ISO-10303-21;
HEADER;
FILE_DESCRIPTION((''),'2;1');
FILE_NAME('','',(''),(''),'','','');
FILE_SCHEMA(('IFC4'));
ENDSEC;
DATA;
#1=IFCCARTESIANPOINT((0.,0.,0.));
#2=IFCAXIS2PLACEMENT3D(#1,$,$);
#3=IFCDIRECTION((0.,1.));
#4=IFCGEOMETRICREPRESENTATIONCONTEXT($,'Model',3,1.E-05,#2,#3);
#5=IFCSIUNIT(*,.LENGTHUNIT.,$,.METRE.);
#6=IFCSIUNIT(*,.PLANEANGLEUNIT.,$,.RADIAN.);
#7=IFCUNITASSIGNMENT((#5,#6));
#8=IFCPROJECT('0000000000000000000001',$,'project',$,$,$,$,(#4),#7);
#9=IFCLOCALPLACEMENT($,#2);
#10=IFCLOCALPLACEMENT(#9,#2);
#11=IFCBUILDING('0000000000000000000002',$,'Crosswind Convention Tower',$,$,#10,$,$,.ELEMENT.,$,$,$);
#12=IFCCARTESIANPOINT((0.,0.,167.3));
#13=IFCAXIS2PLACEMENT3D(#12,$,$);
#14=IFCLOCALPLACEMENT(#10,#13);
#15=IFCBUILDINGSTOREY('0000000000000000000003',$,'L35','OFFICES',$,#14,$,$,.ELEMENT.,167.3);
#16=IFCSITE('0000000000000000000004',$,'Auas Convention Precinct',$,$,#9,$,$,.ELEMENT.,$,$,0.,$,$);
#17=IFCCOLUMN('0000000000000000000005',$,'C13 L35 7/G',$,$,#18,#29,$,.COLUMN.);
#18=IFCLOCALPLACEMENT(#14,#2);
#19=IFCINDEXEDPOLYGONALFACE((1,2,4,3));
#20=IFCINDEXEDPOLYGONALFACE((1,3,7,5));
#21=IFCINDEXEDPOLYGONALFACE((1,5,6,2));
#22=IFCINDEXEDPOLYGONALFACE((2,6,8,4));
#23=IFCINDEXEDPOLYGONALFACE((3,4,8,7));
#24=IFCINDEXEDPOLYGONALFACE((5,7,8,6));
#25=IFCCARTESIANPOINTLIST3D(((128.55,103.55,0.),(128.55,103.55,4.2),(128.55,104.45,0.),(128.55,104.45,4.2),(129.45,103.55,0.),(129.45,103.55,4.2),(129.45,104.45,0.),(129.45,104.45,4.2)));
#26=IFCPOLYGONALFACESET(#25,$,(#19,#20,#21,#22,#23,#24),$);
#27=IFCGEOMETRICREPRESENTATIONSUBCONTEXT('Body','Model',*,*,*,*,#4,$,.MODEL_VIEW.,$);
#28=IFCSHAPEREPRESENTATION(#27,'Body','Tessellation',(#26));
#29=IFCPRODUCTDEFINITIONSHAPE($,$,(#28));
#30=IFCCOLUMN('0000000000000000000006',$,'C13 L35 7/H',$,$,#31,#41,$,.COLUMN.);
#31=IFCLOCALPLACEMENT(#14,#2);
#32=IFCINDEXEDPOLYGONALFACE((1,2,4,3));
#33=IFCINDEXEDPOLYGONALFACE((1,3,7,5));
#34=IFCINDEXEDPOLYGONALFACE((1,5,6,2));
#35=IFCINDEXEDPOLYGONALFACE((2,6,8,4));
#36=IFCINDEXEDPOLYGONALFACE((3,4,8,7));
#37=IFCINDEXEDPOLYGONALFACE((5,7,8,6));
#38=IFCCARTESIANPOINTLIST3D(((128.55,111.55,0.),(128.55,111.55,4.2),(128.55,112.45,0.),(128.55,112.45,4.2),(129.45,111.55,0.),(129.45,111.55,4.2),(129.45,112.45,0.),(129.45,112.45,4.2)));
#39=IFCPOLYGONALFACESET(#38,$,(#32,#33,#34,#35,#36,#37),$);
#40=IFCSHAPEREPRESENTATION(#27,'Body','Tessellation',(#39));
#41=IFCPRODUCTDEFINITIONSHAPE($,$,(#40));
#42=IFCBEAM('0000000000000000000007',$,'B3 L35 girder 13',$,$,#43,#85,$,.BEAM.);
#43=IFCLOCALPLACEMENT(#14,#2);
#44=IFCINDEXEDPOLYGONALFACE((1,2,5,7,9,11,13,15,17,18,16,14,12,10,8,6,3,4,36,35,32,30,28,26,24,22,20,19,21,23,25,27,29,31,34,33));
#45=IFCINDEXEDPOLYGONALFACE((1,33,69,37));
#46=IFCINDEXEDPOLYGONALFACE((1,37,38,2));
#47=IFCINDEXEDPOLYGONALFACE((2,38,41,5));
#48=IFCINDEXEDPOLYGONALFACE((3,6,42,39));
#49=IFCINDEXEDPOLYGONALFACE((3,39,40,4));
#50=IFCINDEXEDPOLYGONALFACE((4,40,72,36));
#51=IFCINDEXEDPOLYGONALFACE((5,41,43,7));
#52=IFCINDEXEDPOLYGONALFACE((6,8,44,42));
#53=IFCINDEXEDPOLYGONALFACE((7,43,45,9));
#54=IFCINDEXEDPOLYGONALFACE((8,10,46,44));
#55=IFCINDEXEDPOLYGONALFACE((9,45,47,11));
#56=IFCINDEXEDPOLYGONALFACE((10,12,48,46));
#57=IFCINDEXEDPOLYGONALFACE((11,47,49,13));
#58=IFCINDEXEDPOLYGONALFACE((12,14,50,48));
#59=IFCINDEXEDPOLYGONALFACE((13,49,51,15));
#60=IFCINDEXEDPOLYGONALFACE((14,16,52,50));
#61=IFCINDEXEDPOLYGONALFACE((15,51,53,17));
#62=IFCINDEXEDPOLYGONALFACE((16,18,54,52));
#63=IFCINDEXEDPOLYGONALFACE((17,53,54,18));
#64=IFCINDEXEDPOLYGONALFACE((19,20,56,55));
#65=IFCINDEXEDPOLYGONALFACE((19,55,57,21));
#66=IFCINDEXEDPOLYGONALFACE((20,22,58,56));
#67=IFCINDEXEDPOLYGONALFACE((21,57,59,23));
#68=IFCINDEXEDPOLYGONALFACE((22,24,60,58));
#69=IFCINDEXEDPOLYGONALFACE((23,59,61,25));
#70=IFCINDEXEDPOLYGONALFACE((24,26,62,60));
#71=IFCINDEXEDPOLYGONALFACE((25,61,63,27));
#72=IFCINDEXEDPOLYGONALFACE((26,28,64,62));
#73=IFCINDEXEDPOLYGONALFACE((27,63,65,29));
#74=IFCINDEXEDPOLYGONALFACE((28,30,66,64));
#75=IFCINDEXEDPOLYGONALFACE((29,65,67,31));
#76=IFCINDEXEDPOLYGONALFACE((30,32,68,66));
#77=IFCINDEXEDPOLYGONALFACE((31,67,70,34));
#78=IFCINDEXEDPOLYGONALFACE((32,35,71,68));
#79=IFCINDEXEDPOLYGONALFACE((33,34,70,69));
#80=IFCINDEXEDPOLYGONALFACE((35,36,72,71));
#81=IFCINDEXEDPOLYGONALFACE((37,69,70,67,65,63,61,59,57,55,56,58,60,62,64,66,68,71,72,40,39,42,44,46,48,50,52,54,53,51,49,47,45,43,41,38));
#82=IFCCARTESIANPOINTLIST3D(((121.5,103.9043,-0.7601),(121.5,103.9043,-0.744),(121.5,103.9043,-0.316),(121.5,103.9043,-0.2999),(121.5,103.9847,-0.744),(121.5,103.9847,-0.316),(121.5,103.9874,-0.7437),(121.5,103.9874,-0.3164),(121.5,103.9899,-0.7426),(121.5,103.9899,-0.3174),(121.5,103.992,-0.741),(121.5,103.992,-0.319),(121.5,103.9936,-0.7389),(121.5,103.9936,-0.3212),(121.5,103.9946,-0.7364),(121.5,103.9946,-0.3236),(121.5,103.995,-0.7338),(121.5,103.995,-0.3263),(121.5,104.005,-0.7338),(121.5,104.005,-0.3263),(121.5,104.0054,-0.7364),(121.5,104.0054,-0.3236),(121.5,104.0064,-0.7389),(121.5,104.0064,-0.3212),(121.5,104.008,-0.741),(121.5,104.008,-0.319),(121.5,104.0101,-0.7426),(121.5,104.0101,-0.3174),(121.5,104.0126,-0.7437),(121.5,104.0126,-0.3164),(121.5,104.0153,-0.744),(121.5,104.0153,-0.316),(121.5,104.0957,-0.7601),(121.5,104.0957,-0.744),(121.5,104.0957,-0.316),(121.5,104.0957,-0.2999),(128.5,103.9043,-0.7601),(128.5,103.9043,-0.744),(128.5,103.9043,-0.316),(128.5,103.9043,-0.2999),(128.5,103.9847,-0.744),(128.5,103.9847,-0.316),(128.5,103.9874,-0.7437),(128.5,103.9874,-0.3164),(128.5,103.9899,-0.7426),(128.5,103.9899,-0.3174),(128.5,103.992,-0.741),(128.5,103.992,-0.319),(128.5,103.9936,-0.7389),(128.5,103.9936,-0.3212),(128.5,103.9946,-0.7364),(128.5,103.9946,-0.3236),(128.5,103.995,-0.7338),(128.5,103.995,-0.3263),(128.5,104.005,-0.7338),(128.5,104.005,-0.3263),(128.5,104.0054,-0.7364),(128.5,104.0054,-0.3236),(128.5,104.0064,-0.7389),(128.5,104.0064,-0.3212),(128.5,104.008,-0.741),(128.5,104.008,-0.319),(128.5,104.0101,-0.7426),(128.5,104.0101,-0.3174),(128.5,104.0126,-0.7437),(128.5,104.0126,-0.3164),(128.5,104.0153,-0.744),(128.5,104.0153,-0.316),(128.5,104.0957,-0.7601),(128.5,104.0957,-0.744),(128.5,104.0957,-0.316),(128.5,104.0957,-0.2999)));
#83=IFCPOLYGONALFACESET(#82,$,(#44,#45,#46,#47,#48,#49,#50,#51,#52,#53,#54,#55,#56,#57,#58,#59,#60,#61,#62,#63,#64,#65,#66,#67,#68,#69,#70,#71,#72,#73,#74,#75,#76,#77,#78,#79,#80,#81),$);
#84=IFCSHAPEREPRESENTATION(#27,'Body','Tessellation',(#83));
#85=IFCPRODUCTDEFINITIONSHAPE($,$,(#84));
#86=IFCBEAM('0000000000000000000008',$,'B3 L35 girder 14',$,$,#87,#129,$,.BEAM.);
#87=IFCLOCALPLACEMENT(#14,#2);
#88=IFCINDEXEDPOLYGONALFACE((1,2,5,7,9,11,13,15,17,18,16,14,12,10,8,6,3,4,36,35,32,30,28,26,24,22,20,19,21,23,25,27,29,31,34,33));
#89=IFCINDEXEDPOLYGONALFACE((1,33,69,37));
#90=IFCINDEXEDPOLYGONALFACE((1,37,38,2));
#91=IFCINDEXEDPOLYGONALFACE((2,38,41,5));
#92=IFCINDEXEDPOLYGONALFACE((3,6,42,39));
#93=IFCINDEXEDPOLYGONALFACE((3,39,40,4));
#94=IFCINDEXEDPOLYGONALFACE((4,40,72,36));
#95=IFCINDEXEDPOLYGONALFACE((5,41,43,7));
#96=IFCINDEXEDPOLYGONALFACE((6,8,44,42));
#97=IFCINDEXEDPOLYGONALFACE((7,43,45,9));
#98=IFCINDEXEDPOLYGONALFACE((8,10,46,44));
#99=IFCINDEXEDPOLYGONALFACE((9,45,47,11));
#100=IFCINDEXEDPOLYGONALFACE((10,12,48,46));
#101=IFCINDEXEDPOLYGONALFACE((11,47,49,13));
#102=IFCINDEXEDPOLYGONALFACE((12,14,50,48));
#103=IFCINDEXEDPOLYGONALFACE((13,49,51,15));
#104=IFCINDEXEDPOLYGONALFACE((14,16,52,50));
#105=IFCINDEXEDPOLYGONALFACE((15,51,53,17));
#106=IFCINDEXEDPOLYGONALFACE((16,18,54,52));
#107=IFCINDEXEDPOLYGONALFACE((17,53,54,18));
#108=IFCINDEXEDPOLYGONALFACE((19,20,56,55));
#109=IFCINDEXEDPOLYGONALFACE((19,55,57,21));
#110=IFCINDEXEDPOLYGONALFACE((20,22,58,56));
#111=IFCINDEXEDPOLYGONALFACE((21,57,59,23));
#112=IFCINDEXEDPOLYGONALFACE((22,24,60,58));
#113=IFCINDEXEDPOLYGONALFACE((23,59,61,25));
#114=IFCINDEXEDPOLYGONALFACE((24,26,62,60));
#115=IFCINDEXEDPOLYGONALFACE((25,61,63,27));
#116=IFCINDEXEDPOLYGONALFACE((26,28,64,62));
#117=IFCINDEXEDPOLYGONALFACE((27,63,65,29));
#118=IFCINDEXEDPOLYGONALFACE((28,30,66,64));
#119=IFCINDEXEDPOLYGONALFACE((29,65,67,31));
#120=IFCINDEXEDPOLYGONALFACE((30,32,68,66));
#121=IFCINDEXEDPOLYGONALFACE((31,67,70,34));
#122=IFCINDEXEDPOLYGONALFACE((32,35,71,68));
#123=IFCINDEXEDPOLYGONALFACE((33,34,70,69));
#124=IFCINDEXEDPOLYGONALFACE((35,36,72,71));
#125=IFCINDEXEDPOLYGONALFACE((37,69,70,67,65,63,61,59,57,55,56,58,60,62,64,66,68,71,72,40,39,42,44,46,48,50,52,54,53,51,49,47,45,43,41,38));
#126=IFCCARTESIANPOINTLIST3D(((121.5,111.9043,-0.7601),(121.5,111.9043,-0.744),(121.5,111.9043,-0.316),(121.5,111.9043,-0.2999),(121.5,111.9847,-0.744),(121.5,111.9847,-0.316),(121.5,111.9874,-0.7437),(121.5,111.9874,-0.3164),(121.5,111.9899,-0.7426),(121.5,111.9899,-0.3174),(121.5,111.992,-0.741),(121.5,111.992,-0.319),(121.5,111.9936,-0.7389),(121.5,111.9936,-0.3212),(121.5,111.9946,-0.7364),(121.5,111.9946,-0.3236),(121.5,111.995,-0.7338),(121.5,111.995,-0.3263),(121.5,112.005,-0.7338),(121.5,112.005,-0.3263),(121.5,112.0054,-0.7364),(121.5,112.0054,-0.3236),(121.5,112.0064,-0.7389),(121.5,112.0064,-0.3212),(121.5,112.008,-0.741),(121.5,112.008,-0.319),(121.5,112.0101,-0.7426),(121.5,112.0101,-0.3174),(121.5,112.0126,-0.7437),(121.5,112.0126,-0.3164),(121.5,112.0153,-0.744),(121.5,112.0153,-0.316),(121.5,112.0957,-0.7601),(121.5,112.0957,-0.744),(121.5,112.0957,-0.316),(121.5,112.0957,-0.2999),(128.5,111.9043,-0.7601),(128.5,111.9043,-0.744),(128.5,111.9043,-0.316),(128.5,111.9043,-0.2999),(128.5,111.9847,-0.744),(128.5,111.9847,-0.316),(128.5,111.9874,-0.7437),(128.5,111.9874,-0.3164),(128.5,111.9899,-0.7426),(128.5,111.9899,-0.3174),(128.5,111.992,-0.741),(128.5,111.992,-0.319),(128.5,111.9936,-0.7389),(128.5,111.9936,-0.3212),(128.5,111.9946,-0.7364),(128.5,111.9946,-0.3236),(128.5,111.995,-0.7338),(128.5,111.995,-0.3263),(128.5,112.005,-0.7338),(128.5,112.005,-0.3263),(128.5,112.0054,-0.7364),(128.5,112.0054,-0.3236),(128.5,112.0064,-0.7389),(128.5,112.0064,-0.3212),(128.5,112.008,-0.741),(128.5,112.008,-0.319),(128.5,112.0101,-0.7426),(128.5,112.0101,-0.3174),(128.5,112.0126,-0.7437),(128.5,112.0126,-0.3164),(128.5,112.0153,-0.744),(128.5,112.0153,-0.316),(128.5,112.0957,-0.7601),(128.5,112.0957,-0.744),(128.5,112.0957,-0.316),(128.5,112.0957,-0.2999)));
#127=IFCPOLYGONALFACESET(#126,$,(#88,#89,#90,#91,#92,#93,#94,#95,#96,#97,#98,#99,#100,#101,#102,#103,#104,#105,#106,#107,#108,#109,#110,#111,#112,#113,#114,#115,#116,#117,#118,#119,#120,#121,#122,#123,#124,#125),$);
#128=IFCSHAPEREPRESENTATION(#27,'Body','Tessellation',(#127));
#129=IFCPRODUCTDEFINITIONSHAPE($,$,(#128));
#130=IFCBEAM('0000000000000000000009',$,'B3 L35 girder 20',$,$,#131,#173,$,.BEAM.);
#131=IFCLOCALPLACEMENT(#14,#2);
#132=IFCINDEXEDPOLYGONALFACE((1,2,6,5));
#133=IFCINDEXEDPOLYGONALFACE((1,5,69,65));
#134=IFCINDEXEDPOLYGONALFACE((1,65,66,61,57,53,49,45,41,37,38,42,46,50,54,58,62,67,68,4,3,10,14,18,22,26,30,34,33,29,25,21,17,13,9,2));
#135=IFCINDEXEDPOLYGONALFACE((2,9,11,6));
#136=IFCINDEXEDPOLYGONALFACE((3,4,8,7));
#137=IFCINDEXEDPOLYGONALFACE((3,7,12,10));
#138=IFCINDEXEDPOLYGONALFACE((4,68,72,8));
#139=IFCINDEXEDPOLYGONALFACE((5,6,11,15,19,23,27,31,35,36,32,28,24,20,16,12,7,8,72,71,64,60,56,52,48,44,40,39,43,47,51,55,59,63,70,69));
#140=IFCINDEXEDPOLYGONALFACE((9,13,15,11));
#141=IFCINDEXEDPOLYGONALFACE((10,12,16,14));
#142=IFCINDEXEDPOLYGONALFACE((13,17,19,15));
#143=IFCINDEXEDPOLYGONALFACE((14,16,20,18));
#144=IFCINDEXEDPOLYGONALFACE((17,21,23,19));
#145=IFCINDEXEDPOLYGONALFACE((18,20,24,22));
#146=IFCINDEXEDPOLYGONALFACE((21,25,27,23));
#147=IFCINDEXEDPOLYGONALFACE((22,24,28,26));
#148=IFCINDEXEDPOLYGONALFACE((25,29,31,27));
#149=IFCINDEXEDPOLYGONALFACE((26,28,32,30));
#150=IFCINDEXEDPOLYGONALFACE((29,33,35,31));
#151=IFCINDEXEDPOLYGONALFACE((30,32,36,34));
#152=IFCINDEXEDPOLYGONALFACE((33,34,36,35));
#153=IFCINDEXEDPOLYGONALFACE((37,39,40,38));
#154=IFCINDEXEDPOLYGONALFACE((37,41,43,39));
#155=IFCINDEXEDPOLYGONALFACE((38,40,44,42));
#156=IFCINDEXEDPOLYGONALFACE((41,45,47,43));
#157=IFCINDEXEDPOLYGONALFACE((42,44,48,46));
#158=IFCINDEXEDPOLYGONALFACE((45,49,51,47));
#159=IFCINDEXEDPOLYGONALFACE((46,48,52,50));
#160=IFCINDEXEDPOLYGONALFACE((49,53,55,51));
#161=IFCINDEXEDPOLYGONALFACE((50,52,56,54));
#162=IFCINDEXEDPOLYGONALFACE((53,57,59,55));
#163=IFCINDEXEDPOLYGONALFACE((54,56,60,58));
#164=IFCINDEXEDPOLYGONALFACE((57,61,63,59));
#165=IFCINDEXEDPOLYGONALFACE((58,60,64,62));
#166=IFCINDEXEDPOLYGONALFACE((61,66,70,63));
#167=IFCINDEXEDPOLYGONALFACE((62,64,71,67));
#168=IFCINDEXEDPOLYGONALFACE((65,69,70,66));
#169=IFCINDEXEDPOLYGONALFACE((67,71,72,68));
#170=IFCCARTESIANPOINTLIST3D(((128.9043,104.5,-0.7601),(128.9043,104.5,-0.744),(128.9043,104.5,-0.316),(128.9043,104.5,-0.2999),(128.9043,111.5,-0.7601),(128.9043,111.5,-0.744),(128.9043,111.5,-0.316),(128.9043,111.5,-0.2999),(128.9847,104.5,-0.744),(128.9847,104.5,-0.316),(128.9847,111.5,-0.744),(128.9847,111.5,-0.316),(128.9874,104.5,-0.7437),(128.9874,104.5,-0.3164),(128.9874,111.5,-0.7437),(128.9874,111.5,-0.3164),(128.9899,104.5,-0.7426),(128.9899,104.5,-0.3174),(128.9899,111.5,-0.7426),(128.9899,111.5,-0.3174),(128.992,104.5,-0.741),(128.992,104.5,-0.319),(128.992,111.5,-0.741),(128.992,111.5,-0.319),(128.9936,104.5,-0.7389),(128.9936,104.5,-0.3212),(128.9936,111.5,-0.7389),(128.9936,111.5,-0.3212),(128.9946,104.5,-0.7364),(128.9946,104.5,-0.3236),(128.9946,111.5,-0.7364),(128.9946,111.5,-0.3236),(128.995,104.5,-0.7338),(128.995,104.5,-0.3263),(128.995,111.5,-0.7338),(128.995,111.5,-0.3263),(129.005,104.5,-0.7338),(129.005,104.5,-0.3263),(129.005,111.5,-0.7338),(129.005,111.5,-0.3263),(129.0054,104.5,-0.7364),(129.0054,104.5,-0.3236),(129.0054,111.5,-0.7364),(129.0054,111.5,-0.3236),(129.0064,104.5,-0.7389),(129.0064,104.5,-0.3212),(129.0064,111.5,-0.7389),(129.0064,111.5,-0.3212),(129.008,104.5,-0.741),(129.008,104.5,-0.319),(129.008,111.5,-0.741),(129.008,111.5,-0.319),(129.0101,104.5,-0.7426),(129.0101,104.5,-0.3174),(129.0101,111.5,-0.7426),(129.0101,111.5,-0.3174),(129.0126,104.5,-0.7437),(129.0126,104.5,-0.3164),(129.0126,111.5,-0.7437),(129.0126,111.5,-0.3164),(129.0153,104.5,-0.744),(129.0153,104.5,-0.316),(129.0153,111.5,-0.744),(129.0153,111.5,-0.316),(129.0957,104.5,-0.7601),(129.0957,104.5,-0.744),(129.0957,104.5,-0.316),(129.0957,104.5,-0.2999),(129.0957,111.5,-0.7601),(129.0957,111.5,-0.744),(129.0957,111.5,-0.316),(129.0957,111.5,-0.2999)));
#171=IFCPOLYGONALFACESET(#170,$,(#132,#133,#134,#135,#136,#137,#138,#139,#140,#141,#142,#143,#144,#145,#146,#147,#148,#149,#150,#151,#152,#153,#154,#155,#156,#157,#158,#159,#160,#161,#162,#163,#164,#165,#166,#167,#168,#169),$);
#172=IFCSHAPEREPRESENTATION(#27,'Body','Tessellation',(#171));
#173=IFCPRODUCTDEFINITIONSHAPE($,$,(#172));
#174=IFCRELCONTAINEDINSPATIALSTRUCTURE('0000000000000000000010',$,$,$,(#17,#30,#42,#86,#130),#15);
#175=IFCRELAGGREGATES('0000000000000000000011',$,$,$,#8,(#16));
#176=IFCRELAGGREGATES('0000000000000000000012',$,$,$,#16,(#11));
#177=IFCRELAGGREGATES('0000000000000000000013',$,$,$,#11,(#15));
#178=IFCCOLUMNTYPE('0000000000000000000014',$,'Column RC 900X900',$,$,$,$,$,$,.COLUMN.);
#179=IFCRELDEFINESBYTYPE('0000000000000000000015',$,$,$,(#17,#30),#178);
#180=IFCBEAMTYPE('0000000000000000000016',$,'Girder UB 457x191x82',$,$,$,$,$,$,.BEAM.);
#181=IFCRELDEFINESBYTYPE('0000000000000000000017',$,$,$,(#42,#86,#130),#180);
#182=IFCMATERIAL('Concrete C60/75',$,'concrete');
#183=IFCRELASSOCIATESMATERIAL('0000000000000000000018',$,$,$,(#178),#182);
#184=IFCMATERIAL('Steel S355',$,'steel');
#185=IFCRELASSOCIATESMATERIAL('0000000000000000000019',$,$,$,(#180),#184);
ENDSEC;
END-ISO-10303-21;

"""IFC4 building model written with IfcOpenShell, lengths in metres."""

from ifc_helpers import new_model, si_unit, direction, frame, origin, origin_2d, place, context, subcontext, project, spatial, rectangle, i_section, extrude, material, material_profile, profile_set, type_object, element, save


model = new_model("IFC4")

# Units and contexts
model_context = context("Model", 3, precision=1e-05, world=origin(), true_north=direction((0.0, 1.0)))
body_context = subcontext(model_context, "Body", "Model", "MODEL_VIEW")
ifc_project = project(units=[si_unit("LENGTHUNIT", "METRE"), si_unit("PLANEANGLEUNIT", "RADIAN")], contexts=[model_context])

# Site, building, storey
site_placement = place(None, origin())
site = spatial("IfcSite", under=ifc_project, at=site_placement, Name="Auas Convention Precinct", CompositionType="ELEMENT", RefElevation=0.0)
building_placement = place(site_placement, origin())
building = spatial("IfcBuilding", under=site, at=building_placement, Name="Crosswind Convention Tower", CompositionType="ELEMENT")
storey_placement = place(building_placement, frame((0.0, 0.0, 167.3)))
storey = spatial("IfcBuildingStorey", under=building, at=storey_placement, Name="L35", Description="OFFICES", CompositionType="ELEMENT", Elevation=167.3)

# Columns
ifc_material_1 = material(Name="Concrete C60/75", Category="concrete")
ifc_material_profile_1 = material_profile(ifc_material_1, rectangle(XDim=0.8999, YDim=0.8999, at=origin_2d()), Name="RC 900X900")
ifc_profile_set_1 = profile_set([ifc_material_profile_1], Name="Concrete C60/75")
column_type = type_object("IfcColumnType", Name="Column RC 900X900", PredefinedType="COLUMN", material=ifc_profile_set_1)
for number, where, z_axis, x_axis, name in (
    (1, (129.0, 104.0, 0.0), (0.0, 0.0, 1.0), (1.0, 0.0, 0.0), "C13 L35 7/G"),
    (2, (129.0, 112.0, 0.0), (0.0, 0.0, 1.0), (1.0, 0.0, 0.0), "C13 L35 7/H"),
):
    element("IfcColumn", number, at=place(storey_placement, frame(where, z_axis=z_axis, x_axis=x_axis)), inside=storey, type_object=column_type, Name=name, PredefinedType="COLUMN", context=body_context, shape_type="SweptSolid", body=[
        extrude(rectangle(XDim=0.8999, YDim=0.8999, at=origin_2d()), origin(), (0.0, 0.0, 1.0), 4.2),
    ])

# Beams
ifc_material_2 = material(Name="Steel S355", Category="steel")
ifc_material_profile_2 = material_profile(ifc_material_2, i_section(OverallWidth=0.1914, OverallDepth=0.4602, WebThickness=0.01, FlangeThickness=0.0161, FilletRadius=0.0103, at=origin_2d()), Name="UB 457x191x82")
ifc_profile_set_2 = profile_set([ifc_material_profile_2], Name="Steel S355")
beam_type_1 = type_object("IfcBeamType", Name="Girder UB 457x191x82", PredefinedType="BEAM", material=ifc_profile_set_2)
for number, where, z_axis, x_axis, name in (
    (3, (121.5, 104.0, -0.53), (1.0, 0.0, 0.0), (0.0, 1.0, 0.0), "B3 L35 girder 13"),
    (4, (121.5, 112.0, -0.53), (1.0, 0.0, 0.0), (0.0, 1.0, 0.0), "B3 L35 girder 14"),
    (5, (129.0, 104.5, -0.53), (0.0, 1.0, 0.0), (-1.0, 0.0, 0.0), "B3 L35 girder 20"),
):
    element("IfcBeam", number, at=place(storey_placement, frame(where, z_axis=z_axis, x_axis=x_axis)), inside=storey, type_object=beam_type_1, Name=name, PredefinedType="BEAM", context=body_context, shape_type="SweptSolid", body=[
        extrude(i_section(OverallWidth=0.1914, OverallDepth=0.4602, WebThickness=0.01, FlangeThickness=0.0161, FilletRadius=0.0103, at=origin_2d()), origin(), (0.0, 0.0, 1.0), 7.0),
    ])

save(model, "model.ifc")
